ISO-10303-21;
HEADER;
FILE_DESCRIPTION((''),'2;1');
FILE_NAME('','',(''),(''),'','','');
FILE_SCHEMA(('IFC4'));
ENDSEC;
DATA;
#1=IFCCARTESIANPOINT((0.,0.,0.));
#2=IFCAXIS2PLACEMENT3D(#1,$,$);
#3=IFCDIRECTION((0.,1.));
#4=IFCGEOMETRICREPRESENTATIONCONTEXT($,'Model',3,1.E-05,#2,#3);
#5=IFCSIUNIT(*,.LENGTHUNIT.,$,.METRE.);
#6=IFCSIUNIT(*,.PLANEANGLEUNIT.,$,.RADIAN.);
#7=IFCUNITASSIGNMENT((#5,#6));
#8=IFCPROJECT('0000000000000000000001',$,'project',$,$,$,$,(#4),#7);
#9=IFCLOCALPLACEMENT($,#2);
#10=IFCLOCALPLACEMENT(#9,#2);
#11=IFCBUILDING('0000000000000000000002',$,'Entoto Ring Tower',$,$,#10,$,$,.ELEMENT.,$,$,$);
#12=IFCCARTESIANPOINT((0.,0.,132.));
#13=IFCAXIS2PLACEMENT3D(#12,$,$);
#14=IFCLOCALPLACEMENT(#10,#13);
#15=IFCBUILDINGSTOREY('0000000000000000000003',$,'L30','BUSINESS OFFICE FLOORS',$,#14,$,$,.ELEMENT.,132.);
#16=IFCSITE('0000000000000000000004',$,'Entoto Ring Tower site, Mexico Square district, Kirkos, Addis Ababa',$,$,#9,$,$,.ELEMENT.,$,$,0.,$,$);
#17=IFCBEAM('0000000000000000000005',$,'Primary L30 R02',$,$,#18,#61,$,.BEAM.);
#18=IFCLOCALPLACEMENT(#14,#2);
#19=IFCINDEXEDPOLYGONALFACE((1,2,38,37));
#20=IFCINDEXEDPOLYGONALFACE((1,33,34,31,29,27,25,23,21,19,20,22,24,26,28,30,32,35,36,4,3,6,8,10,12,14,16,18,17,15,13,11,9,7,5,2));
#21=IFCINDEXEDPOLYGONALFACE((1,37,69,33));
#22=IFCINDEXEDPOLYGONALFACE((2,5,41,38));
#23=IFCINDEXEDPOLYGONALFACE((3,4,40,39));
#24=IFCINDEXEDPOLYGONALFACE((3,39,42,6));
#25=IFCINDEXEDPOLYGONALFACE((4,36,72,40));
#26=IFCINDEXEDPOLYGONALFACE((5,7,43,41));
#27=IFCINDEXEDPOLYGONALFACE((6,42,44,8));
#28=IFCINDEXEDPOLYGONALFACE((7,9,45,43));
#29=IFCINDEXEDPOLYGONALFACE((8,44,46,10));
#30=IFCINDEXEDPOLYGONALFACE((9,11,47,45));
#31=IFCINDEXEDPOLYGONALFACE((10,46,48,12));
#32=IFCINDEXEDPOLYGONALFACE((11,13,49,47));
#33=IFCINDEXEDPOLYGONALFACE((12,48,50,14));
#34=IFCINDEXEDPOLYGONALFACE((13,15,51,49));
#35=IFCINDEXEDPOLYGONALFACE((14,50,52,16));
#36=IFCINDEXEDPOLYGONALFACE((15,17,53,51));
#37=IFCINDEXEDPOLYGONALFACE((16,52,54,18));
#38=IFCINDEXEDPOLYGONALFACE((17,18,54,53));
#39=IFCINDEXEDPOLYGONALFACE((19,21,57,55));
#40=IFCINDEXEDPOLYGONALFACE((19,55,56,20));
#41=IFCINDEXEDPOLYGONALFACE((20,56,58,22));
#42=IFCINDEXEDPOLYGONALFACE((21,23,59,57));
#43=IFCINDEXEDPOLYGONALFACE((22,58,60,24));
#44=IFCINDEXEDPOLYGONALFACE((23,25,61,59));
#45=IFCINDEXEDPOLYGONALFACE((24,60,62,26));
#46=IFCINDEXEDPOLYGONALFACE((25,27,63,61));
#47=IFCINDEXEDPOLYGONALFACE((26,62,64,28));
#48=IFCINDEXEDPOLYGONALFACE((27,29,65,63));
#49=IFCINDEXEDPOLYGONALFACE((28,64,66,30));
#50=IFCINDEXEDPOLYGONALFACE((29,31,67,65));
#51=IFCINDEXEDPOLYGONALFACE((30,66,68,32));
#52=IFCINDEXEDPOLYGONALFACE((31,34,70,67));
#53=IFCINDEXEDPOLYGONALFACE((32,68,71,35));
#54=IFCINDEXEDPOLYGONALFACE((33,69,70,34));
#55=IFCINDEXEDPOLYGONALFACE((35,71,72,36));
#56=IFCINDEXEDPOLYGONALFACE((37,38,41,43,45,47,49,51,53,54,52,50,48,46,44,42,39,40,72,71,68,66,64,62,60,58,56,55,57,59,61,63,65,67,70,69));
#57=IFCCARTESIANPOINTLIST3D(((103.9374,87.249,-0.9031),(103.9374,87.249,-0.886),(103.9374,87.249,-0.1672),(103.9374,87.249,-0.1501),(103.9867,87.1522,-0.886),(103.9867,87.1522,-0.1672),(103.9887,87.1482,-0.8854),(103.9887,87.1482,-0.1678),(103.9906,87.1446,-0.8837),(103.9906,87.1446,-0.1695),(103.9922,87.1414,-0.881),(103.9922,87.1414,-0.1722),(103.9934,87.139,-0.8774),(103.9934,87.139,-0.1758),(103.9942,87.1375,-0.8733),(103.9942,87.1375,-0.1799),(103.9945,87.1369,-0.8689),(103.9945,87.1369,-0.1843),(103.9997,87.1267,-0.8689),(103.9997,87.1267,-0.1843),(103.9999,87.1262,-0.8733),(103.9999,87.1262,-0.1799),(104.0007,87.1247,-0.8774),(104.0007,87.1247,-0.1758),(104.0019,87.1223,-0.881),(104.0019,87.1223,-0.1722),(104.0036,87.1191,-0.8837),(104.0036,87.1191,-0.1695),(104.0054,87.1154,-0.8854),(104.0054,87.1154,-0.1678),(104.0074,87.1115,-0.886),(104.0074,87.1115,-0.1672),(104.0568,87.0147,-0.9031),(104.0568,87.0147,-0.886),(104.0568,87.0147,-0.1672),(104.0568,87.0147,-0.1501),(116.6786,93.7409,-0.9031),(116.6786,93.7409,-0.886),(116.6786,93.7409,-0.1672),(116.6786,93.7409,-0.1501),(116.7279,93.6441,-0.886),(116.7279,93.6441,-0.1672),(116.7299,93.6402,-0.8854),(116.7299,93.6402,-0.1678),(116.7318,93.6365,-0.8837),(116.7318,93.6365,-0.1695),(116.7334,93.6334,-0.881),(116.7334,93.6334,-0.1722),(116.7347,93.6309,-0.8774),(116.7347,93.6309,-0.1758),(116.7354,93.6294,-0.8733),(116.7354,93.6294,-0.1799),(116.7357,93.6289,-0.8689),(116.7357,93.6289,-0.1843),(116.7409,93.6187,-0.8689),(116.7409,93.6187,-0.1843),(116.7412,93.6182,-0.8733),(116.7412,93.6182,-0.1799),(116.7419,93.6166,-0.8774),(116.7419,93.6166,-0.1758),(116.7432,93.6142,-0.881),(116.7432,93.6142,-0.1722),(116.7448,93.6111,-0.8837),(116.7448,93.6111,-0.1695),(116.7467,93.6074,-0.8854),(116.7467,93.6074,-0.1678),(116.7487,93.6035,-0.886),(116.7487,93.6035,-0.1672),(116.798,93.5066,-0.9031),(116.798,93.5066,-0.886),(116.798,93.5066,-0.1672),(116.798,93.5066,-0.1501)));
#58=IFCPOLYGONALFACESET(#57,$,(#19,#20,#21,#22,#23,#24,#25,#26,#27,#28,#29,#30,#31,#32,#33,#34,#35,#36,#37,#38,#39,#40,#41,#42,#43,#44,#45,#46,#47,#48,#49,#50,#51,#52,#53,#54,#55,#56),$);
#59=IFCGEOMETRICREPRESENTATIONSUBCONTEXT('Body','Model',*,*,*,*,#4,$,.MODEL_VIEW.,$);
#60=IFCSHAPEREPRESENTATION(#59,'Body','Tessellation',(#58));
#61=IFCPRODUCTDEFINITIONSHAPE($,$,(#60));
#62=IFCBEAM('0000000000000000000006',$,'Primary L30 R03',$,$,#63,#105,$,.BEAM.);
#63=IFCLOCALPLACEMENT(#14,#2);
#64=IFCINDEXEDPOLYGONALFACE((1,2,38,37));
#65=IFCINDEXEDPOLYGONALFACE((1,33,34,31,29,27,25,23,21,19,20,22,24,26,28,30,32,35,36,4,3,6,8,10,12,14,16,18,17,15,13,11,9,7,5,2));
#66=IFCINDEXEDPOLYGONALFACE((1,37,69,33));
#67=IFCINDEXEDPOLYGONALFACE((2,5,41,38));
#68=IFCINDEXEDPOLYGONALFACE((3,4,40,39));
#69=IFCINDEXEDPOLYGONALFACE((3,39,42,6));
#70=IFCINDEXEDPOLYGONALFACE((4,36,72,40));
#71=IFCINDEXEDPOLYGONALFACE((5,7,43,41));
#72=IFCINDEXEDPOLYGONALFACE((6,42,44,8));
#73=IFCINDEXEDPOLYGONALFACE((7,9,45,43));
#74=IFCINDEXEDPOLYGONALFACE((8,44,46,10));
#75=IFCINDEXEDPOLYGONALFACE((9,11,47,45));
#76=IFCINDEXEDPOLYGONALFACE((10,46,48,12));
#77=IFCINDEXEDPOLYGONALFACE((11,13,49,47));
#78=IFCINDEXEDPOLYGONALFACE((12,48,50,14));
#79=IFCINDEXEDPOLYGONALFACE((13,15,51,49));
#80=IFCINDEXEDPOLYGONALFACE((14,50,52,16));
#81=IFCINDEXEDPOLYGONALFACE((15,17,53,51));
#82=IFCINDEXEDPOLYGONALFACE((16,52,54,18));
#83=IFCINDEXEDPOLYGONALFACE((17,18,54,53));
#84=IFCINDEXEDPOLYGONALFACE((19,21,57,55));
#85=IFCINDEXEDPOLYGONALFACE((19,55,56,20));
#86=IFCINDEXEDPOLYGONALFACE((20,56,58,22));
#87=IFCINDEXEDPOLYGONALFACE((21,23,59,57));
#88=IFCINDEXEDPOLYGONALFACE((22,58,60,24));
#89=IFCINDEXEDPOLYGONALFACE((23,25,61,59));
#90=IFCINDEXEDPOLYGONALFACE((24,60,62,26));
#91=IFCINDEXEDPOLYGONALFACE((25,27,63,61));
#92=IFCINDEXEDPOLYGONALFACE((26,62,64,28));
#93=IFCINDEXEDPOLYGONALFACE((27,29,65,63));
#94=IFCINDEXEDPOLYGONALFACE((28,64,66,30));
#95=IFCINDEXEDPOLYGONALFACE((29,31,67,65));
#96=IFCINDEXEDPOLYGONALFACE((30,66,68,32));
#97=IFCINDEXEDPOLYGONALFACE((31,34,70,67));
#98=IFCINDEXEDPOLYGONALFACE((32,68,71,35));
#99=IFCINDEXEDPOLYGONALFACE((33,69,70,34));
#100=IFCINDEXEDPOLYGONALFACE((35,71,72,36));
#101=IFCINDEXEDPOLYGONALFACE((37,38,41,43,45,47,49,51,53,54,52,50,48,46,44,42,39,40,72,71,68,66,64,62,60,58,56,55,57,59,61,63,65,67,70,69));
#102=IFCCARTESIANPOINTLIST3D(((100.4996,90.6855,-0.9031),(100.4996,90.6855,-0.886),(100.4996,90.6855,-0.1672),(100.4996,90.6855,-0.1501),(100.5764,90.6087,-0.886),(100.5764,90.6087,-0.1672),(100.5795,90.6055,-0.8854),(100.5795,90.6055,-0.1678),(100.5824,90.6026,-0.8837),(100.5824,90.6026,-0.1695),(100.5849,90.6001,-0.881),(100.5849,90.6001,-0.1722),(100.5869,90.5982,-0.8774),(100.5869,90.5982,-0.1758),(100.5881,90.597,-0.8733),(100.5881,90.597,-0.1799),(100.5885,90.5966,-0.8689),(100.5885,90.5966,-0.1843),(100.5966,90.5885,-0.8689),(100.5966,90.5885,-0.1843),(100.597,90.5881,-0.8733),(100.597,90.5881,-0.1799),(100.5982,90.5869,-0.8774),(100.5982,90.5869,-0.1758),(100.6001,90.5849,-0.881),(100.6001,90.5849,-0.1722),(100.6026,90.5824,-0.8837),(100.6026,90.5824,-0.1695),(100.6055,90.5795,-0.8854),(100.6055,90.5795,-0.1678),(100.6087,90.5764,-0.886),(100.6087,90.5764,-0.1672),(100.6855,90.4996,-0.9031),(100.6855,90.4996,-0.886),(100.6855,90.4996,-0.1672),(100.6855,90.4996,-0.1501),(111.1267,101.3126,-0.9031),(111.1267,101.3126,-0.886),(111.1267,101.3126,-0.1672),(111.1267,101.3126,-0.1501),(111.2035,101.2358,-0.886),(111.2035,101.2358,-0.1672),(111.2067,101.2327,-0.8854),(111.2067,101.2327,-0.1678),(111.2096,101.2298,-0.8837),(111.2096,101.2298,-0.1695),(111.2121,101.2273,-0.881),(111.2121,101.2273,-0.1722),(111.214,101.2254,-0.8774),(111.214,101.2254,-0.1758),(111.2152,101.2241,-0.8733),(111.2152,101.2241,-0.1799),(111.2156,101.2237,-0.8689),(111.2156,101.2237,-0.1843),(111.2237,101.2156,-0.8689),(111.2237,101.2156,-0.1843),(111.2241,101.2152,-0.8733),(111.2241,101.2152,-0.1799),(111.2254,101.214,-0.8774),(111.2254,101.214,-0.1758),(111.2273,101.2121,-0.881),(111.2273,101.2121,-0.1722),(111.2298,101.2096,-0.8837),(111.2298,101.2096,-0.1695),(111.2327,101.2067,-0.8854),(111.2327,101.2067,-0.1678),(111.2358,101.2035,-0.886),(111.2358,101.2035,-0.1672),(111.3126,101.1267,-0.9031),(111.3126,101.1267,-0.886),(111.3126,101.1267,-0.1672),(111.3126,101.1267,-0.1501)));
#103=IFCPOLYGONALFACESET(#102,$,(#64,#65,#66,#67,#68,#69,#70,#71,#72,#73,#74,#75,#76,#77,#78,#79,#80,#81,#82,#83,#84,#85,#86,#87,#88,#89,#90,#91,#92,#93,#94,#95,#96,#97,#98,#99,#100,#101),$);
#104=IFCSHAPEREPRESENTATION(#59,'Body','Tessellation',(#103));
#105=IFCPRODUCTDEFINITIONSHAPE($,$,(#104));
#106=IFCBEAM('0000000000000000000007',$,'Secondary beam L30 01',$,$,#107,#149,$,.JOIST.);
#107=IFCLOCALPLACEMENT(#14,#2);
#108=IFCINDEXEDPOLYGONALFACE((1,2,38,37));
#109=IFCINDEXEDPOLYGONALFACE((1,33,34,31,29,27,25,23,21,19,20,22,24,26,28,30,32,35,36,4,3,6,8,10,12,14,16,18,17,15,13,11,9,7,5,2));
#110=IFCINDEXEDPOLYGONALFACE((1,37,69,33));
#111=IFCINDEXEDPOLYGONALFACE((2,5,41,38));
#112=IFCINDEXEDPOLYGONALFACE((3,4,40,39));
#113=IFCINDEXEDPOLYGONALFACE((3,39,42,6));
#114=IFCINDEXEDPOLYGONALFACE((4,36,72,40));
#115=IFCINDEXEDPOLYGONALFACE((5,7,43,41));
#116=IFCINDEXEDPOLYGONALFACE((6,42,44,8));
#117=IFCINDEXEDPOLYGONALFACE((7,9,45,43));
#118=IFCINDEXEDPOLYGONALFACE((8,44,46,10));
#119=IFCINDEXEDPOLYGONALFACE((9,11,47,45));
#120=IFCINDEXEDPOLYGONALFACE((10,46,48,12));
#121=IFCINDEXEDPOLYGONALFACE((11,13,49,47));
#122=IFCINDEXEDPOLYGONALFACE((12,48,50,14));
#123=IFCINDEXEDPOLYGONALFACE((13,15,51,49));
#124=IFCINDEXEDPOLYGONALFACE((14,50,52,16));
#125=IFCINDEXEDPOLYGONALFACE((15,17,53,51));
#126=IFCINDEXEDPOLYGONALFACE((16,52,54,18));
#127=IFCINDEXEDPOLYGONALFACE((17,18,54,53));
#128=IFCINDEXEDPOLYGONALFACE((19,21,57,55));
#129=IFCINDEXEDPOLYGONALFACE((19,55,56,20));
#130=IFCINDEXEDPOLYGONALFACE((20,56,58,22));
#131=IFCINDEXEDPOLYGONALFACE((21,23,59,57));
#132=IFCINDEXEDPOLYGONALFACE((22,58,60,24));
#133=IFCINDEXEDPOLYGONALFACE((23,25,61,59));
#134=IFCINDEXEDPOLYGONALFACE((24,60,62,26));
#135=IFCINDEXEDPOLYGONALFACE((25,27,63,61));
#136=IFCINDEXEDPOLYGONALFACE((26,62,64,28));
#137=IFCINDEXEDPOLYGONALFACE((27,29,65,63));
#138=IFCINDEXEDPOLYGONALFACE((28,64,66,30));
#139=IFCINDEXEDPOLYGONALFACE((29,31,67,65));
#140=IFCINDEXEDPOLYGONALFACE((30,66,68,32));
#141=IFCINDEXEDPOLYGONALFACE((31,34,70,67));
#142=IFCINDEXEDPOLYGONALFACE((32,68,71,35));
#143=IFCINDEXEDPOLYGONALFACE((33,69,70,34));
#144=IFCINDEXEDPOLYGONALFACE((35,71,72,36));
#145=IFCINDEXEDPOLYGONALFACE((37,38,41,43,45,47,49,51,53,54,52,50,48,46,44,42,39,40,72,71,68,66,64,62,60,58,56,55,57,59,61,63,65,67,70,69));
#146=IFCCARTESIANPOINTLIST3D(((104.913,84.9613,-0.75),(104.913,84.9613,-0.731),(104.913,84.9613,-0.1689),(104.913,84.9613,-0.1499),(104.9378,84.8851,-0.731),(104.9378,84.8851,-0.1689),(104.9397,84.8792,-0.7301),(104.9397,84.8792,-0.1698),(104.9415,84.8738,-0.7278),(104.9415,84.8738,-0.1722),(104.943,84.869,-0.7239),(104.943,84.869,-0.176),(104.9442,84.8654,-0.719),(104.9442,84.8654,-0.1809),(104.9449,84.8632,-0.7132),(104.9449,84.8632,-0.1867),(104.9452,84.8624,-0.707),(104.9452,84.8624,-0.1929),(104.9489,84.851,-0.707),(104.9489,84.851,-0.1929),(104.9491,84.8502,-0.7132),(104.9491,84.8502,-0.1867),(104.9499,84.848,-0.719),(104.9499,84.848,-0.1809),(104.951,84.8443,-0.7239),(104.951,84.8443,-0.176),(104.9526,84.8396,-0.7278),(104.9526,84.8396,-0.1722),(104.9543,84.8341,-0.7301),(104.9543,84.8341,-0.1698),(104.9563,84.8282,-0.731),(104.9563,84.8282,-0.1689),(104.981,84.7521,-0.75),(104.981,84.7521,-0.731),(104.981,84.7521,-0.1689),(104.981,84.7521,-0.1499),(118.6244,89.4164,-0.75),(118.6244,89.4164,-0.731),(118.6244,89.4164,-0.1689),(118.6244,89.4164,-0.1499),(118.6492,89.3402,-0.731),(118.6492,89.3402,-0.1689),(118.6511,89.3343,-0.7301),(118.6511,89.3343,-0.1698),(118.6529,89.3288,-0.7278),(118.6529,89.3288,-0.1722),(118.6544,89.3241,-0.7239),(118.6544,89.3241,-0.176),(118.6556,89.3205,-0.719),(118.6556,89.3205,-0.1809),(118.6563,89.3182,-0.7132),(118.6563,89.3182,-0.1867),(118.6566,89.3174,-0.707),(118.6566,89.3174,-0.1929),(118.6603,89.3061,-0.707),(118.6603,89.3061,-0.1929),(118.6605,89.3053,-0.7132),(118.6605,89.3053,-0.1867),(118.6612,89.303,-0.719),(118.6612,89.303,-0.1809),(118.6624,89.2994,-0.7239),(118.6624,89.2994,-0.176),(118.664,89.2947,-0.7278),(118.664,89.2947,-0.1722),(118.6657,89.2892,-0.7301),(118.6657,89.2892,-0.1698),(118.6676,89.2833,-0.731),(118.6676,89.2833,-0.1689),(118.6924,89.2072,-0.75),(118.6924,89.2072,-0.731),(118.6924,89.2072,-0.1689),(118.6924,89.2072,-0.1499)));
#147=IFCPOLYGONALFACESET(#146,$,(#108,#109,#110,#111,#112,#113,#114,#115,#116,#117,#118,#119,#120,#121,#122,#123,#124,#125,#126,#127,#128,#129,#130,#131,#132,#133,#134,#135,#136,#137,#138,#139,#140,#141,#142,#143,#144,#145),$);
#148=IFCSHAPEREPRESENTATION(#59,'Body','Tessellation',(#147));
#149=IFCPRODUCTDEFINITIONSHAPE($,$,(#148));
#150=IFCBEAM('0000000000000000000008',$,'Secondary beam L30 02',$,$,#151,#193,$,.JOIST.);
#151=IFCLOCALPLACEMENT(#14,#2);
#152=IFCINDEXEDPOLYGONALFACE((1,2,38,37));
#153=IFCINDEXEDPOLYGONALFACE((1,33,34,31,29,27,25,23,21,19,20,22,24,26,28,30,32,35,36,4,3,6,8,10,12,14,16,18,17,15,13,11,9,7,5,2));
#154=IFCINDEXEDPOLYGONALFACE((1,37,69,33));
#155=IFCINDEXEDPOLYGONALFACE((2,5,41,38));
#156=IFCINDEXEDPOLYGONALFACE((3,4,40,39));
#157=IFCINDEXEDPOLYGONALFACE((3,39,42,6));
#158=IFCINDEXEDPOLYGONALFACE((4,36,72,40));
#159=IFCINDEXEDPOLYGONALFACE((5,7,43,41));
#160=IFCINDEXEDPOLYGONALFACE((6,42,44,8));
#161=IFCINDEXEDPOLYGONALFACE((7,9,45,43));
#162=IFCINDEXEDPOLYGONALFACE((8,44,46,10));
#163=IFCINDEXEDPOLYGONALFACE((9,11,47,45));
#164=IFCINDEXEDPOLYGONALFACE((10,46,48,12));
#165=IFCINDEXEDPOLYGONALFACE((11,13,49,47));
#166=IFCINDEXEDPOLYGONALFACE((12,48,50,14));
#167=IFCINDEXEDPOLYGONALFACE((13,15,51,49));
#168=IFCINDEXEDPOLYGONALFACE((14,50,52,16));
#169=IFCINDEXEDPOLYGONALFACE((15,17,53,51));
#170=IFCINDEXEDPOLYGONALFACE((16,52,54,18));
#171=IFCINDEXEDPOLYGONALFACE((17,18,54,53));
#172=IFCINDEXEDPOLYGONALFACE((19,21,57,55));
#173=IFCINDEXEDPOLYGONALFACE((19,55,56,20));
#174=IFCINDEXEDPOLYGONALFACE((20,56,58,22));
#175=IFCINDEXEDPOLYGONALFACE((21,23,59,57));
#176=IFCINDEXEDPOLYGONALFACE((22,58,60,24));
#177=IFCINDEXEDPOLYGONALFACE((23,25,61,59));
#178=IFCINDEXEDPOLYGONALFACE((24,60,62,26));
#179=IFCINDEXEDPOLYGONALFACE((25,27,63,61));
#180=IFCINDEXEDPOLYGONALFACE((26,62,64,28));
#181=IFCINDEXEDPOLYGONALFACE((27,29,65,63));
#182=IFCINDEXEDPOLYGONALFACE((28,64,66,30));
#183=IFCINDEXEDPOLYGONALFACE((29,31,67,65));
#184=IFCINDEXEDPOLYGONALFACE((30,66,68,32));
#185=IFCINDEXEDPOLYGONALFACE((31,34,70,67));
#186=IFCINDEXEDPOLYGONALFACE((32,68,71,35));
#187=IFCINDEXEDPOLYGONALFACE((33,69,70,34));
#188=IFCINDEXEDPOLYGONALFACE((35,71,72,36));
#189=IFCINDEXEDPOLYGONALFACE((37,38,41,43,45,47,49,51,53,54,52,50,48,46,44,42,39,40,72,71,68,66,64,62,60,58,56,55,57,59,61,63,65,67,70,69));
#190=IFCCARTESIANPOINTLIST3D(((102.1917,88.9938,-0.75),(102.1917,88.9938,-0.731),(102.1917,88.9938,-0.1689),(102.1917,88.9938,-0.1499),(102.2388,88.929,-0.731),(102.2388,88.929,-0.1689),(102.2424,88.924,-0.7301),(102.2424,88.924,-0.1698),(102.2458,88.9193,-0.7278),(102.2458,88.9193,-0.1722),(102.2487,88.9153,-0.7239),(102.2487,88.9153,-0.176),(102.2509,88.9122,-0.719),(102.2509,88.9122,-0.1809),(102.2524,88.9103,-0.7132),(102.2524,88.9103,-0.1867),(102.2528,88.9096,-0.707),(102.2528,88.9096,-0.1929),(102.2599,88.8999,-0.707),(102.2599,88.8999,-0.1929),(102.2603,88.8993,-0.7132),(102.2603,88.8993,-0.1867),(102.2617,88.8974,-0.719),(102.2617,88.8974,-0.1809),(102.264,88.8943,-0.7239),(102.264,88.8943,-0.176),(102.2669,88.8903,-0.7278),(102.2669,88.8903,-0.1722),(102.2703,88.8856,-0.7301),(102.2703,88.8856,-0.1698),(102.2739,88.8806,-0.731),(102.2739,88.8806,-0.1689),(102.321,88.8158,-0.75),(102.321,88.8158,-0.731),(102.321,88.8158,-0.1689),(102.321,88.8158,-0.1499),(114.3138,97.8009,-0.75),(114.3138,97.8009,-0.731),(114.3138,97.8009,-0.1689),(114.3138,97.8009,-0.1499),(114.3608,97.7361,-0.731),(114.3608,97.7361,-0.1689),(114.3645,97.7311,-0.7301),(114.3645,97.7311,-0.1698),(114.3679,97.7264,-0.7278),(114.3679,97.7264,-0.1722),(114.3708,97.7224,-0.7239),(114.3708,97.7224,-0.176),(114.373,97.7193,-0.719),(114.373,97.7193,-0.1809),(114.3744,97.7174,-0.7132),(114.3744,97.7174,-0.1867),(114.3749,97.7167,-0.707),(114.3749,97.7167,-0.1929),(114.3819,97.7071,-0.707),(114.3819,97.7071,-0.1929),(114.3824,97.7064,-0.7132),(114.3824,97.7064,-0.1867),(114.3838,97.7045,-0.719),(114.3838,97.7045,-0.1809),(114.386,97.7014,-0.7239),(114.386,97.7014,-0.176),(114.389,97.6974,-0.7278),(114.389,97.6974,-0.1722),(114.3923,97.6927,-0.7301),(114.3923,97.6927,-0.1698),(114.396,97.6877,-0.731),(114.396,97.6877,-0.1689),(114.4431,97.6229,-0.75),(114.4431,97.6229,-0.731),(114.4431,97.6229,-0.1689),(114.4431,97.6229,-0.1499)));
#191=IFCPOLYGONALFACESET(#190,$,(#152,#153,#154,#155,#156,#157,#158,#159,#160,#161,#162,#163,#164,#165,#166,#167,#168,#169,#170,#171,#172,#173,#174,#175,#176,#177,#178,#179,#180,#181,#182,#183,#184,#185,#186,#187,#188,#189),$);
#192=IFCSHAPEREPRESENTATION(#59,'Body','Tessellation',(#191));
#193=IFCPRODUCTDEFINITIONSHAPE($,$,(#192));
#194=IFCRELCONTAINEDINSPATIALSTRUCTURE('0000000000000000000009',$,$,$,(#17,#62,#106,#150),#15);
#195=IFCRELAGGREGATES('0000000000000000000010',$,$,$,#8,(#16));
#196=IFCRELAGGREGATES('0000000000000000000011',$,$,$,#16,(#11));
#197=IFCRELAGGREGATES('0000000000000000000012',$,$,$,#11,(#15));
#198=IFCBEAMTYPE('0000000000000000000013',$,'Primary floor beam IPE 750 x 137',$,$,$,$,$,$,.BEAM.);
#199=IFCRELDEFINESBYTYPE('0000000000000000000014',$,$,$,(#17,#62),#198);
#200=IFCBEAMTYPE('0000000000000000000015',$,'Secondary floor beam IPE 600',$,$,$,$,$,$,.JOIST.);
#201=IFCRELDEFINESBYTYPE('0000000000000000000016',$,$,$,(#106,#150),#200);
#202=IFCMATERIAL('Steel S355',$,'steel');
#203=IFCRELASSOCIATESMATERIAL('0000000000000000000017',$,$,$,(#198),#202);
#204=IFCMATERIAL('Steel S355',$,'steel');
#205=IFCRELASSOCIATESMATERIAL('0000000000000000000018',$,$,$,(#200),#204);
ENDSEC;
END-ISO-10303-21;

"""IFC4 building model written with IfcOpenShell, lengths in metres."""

from ifc_helpers import new_model, si_unit, direction, frame, origin, origin_2d, place, context, subcontext, project, spatial, i_section, extrude, material, material_profile, profile_set, type_object, element, save


model = new_model("IFC4")

# Units and contexts
model_context = context("Model", 3, precision=1e-05, world=origin(), true_north=direction((0.0, 1.0)))
body_context = subcontext(model_context, "Body", "Model", "MODEL_VIEW")
ifc_project = project(units=[si_unit("LENGTHUNIT", "METRE"), si_unit("PLANEANGLEUNIT", "RADIAN")], contexts=[model_context])

# Site, building, storey
site_placement = place(None, origin())
site = spatial("IfcSite", under=ifc_project, at=site_placement, Name="Entoto Ring Tower site, Mexico Square district, Kirkos, Addis Ababa", CompositionType="ELEMENT", RefElevation=0.0)
building_placement = place(site_placement, origin())
building = spatial("IfcBuilding", under=site, at=building_placement, Name="Entoto Ring Tower", CompositionType="ELEMENT")
storey_placement = place(building_placement, frame((0.0, 0.0, 132.0)))
storey = spatial("IfcBuildingStorey", under=building, at=storey_placement, Name="L30", Description="BUSINESS OFFICE FLOORS", CompositionType="ELEMENT", Elevation=132.0)

# Beams
ifc_material_1 = material(Name="Steel S355", Category="steel")
ifc_material_profile_1 = material_profile(ifc_material_1, i_section(OverallWidth=0.2629, OverallDepth=0.7529, WebThickness=0.0115, FlangeThickness=0.0171, FilletRadius=0.0171, at=origin_2d()), Name="IPE 750 x 137")
ifc_profile_set_1 = profile_set([ifc_material_profile_1], Name="Steel S355")
beam_type_1 = type_object("IfcBeamType", Name="Primary floor beam IPE 750 x 137", PredefinedType="BEAM", material=ifc_profile_set_1)
beam_1_placement = place(storey_placement, frame((103.9971, 87.1318, -0.5266), z_axis=(0.891007, 0.453989, 0.0), x_axis=(-0.453989, 0.891007, 0.0)))
element("IfcBeam", 1, at=beam_1_placement, inside=storey, type_object=beam_type_1, Name="Primary L30 R02", PredefinedType="BEAM", context=body_context, shape_type="SweptSolid", body=[
    extrude(i_section(OverallWidth=0.2629, OverallDepth=0.7529, WebThickness=0.0115, FlangeThickness=0.0171, FilletRadius=0.0171, at=origin_2d()), origin(), (0.0, 0.0, 1.0), 14.2998),
])
beam_2_placement = place(storey_placement, frame((100.5925, 90.5925, -0.5266), z_axis=(0.707107, 0.707107, 0.0), x_axis=(-0.707107, 0.707107, 0.0)))
element("IfcBeam", 2, at=beam_2_placement, inside=storey, type_object=beam_type_1, Name="Primary L30 R03", PredefinedType="BEAM", context=body_context, shape_type="SweptSolid", body=[
    extrude(i_section(OverallWidth=0.2629, OverallDepth=0.7529, WebThickness=0.0115, FlangeThickness=0.0171, FilletRadius=0.0171, at=origin_2d()), origin(), (0.0, 0.0, 1.0), 15.0291),
])
ifc_material_2 = material(Name="Steel S355", Category="steel")
ifc_material_profile_2 = material_profile(ifc_material_2, i_section(OverallWidth=0.22, OverallDepth=0.6001, WebThickness=0.012, FlangeThickness=0.019, FilletRadius=0.0239, at=origin_2d()), Name="IPE 600")
ifc_profile_set_2 = profile_set([ifc_material_profile_2], Name="Steel S355")
beam_type_2 = type_object("IfcBeamType", Name="Secondary floor beam IPE 600", PredefinedType="JOIST", material=ifc_profile_set_2)
beam_3_placement = place(storey_placement, frame((104.947, 84.8567, -0.45), z_axis=(0.951057, 0.309015, 0.0), x_axis=(-0.309015, 0.951057, 0.0)))
element("IfcBeam", 3, at=beam_3_placement, inside=storey, type_object=beam_type_2, Name="Secondary beam L30 01", PredefinedType="JOIST", context=body_context, shape_type="SweptSolid", body=[
    extrude(i_section(OverallWidth=0.22, OverallDepth=0.6001, WebThickness=0.012, FlangeThickness=0.019, FilletRadius=0.0239, at=origin_2d()), origin(), (0.0, 0.0, 1.0), 14.417),
])
beam_4_placement = place(storey_placement, frame((102.2563, 88.9048, -0.45), z_axis=(0.809019, 0.587782, 0.0), x_axis=(-0.587782, 0.809019, 0.0)))
element("IfcBeam", 4, at=beam_4_placement, inside=storey, type_object=beam_type_2, Name="Secondary beam L30 02", PredefinedType="JOIST", context=body_context, shape_type="SweptSolid", body=[
    extrude(i_section(OverallWidth=0.22, OverallDepth=0.6001, WebThickness=0.012, FlangeThickness=0.019, FilletRadius=0.0239, at=origin_2d()), origin(), (0.0, 0.0, 1.0), 14.9836),
])

save(model, "model.ifc")
